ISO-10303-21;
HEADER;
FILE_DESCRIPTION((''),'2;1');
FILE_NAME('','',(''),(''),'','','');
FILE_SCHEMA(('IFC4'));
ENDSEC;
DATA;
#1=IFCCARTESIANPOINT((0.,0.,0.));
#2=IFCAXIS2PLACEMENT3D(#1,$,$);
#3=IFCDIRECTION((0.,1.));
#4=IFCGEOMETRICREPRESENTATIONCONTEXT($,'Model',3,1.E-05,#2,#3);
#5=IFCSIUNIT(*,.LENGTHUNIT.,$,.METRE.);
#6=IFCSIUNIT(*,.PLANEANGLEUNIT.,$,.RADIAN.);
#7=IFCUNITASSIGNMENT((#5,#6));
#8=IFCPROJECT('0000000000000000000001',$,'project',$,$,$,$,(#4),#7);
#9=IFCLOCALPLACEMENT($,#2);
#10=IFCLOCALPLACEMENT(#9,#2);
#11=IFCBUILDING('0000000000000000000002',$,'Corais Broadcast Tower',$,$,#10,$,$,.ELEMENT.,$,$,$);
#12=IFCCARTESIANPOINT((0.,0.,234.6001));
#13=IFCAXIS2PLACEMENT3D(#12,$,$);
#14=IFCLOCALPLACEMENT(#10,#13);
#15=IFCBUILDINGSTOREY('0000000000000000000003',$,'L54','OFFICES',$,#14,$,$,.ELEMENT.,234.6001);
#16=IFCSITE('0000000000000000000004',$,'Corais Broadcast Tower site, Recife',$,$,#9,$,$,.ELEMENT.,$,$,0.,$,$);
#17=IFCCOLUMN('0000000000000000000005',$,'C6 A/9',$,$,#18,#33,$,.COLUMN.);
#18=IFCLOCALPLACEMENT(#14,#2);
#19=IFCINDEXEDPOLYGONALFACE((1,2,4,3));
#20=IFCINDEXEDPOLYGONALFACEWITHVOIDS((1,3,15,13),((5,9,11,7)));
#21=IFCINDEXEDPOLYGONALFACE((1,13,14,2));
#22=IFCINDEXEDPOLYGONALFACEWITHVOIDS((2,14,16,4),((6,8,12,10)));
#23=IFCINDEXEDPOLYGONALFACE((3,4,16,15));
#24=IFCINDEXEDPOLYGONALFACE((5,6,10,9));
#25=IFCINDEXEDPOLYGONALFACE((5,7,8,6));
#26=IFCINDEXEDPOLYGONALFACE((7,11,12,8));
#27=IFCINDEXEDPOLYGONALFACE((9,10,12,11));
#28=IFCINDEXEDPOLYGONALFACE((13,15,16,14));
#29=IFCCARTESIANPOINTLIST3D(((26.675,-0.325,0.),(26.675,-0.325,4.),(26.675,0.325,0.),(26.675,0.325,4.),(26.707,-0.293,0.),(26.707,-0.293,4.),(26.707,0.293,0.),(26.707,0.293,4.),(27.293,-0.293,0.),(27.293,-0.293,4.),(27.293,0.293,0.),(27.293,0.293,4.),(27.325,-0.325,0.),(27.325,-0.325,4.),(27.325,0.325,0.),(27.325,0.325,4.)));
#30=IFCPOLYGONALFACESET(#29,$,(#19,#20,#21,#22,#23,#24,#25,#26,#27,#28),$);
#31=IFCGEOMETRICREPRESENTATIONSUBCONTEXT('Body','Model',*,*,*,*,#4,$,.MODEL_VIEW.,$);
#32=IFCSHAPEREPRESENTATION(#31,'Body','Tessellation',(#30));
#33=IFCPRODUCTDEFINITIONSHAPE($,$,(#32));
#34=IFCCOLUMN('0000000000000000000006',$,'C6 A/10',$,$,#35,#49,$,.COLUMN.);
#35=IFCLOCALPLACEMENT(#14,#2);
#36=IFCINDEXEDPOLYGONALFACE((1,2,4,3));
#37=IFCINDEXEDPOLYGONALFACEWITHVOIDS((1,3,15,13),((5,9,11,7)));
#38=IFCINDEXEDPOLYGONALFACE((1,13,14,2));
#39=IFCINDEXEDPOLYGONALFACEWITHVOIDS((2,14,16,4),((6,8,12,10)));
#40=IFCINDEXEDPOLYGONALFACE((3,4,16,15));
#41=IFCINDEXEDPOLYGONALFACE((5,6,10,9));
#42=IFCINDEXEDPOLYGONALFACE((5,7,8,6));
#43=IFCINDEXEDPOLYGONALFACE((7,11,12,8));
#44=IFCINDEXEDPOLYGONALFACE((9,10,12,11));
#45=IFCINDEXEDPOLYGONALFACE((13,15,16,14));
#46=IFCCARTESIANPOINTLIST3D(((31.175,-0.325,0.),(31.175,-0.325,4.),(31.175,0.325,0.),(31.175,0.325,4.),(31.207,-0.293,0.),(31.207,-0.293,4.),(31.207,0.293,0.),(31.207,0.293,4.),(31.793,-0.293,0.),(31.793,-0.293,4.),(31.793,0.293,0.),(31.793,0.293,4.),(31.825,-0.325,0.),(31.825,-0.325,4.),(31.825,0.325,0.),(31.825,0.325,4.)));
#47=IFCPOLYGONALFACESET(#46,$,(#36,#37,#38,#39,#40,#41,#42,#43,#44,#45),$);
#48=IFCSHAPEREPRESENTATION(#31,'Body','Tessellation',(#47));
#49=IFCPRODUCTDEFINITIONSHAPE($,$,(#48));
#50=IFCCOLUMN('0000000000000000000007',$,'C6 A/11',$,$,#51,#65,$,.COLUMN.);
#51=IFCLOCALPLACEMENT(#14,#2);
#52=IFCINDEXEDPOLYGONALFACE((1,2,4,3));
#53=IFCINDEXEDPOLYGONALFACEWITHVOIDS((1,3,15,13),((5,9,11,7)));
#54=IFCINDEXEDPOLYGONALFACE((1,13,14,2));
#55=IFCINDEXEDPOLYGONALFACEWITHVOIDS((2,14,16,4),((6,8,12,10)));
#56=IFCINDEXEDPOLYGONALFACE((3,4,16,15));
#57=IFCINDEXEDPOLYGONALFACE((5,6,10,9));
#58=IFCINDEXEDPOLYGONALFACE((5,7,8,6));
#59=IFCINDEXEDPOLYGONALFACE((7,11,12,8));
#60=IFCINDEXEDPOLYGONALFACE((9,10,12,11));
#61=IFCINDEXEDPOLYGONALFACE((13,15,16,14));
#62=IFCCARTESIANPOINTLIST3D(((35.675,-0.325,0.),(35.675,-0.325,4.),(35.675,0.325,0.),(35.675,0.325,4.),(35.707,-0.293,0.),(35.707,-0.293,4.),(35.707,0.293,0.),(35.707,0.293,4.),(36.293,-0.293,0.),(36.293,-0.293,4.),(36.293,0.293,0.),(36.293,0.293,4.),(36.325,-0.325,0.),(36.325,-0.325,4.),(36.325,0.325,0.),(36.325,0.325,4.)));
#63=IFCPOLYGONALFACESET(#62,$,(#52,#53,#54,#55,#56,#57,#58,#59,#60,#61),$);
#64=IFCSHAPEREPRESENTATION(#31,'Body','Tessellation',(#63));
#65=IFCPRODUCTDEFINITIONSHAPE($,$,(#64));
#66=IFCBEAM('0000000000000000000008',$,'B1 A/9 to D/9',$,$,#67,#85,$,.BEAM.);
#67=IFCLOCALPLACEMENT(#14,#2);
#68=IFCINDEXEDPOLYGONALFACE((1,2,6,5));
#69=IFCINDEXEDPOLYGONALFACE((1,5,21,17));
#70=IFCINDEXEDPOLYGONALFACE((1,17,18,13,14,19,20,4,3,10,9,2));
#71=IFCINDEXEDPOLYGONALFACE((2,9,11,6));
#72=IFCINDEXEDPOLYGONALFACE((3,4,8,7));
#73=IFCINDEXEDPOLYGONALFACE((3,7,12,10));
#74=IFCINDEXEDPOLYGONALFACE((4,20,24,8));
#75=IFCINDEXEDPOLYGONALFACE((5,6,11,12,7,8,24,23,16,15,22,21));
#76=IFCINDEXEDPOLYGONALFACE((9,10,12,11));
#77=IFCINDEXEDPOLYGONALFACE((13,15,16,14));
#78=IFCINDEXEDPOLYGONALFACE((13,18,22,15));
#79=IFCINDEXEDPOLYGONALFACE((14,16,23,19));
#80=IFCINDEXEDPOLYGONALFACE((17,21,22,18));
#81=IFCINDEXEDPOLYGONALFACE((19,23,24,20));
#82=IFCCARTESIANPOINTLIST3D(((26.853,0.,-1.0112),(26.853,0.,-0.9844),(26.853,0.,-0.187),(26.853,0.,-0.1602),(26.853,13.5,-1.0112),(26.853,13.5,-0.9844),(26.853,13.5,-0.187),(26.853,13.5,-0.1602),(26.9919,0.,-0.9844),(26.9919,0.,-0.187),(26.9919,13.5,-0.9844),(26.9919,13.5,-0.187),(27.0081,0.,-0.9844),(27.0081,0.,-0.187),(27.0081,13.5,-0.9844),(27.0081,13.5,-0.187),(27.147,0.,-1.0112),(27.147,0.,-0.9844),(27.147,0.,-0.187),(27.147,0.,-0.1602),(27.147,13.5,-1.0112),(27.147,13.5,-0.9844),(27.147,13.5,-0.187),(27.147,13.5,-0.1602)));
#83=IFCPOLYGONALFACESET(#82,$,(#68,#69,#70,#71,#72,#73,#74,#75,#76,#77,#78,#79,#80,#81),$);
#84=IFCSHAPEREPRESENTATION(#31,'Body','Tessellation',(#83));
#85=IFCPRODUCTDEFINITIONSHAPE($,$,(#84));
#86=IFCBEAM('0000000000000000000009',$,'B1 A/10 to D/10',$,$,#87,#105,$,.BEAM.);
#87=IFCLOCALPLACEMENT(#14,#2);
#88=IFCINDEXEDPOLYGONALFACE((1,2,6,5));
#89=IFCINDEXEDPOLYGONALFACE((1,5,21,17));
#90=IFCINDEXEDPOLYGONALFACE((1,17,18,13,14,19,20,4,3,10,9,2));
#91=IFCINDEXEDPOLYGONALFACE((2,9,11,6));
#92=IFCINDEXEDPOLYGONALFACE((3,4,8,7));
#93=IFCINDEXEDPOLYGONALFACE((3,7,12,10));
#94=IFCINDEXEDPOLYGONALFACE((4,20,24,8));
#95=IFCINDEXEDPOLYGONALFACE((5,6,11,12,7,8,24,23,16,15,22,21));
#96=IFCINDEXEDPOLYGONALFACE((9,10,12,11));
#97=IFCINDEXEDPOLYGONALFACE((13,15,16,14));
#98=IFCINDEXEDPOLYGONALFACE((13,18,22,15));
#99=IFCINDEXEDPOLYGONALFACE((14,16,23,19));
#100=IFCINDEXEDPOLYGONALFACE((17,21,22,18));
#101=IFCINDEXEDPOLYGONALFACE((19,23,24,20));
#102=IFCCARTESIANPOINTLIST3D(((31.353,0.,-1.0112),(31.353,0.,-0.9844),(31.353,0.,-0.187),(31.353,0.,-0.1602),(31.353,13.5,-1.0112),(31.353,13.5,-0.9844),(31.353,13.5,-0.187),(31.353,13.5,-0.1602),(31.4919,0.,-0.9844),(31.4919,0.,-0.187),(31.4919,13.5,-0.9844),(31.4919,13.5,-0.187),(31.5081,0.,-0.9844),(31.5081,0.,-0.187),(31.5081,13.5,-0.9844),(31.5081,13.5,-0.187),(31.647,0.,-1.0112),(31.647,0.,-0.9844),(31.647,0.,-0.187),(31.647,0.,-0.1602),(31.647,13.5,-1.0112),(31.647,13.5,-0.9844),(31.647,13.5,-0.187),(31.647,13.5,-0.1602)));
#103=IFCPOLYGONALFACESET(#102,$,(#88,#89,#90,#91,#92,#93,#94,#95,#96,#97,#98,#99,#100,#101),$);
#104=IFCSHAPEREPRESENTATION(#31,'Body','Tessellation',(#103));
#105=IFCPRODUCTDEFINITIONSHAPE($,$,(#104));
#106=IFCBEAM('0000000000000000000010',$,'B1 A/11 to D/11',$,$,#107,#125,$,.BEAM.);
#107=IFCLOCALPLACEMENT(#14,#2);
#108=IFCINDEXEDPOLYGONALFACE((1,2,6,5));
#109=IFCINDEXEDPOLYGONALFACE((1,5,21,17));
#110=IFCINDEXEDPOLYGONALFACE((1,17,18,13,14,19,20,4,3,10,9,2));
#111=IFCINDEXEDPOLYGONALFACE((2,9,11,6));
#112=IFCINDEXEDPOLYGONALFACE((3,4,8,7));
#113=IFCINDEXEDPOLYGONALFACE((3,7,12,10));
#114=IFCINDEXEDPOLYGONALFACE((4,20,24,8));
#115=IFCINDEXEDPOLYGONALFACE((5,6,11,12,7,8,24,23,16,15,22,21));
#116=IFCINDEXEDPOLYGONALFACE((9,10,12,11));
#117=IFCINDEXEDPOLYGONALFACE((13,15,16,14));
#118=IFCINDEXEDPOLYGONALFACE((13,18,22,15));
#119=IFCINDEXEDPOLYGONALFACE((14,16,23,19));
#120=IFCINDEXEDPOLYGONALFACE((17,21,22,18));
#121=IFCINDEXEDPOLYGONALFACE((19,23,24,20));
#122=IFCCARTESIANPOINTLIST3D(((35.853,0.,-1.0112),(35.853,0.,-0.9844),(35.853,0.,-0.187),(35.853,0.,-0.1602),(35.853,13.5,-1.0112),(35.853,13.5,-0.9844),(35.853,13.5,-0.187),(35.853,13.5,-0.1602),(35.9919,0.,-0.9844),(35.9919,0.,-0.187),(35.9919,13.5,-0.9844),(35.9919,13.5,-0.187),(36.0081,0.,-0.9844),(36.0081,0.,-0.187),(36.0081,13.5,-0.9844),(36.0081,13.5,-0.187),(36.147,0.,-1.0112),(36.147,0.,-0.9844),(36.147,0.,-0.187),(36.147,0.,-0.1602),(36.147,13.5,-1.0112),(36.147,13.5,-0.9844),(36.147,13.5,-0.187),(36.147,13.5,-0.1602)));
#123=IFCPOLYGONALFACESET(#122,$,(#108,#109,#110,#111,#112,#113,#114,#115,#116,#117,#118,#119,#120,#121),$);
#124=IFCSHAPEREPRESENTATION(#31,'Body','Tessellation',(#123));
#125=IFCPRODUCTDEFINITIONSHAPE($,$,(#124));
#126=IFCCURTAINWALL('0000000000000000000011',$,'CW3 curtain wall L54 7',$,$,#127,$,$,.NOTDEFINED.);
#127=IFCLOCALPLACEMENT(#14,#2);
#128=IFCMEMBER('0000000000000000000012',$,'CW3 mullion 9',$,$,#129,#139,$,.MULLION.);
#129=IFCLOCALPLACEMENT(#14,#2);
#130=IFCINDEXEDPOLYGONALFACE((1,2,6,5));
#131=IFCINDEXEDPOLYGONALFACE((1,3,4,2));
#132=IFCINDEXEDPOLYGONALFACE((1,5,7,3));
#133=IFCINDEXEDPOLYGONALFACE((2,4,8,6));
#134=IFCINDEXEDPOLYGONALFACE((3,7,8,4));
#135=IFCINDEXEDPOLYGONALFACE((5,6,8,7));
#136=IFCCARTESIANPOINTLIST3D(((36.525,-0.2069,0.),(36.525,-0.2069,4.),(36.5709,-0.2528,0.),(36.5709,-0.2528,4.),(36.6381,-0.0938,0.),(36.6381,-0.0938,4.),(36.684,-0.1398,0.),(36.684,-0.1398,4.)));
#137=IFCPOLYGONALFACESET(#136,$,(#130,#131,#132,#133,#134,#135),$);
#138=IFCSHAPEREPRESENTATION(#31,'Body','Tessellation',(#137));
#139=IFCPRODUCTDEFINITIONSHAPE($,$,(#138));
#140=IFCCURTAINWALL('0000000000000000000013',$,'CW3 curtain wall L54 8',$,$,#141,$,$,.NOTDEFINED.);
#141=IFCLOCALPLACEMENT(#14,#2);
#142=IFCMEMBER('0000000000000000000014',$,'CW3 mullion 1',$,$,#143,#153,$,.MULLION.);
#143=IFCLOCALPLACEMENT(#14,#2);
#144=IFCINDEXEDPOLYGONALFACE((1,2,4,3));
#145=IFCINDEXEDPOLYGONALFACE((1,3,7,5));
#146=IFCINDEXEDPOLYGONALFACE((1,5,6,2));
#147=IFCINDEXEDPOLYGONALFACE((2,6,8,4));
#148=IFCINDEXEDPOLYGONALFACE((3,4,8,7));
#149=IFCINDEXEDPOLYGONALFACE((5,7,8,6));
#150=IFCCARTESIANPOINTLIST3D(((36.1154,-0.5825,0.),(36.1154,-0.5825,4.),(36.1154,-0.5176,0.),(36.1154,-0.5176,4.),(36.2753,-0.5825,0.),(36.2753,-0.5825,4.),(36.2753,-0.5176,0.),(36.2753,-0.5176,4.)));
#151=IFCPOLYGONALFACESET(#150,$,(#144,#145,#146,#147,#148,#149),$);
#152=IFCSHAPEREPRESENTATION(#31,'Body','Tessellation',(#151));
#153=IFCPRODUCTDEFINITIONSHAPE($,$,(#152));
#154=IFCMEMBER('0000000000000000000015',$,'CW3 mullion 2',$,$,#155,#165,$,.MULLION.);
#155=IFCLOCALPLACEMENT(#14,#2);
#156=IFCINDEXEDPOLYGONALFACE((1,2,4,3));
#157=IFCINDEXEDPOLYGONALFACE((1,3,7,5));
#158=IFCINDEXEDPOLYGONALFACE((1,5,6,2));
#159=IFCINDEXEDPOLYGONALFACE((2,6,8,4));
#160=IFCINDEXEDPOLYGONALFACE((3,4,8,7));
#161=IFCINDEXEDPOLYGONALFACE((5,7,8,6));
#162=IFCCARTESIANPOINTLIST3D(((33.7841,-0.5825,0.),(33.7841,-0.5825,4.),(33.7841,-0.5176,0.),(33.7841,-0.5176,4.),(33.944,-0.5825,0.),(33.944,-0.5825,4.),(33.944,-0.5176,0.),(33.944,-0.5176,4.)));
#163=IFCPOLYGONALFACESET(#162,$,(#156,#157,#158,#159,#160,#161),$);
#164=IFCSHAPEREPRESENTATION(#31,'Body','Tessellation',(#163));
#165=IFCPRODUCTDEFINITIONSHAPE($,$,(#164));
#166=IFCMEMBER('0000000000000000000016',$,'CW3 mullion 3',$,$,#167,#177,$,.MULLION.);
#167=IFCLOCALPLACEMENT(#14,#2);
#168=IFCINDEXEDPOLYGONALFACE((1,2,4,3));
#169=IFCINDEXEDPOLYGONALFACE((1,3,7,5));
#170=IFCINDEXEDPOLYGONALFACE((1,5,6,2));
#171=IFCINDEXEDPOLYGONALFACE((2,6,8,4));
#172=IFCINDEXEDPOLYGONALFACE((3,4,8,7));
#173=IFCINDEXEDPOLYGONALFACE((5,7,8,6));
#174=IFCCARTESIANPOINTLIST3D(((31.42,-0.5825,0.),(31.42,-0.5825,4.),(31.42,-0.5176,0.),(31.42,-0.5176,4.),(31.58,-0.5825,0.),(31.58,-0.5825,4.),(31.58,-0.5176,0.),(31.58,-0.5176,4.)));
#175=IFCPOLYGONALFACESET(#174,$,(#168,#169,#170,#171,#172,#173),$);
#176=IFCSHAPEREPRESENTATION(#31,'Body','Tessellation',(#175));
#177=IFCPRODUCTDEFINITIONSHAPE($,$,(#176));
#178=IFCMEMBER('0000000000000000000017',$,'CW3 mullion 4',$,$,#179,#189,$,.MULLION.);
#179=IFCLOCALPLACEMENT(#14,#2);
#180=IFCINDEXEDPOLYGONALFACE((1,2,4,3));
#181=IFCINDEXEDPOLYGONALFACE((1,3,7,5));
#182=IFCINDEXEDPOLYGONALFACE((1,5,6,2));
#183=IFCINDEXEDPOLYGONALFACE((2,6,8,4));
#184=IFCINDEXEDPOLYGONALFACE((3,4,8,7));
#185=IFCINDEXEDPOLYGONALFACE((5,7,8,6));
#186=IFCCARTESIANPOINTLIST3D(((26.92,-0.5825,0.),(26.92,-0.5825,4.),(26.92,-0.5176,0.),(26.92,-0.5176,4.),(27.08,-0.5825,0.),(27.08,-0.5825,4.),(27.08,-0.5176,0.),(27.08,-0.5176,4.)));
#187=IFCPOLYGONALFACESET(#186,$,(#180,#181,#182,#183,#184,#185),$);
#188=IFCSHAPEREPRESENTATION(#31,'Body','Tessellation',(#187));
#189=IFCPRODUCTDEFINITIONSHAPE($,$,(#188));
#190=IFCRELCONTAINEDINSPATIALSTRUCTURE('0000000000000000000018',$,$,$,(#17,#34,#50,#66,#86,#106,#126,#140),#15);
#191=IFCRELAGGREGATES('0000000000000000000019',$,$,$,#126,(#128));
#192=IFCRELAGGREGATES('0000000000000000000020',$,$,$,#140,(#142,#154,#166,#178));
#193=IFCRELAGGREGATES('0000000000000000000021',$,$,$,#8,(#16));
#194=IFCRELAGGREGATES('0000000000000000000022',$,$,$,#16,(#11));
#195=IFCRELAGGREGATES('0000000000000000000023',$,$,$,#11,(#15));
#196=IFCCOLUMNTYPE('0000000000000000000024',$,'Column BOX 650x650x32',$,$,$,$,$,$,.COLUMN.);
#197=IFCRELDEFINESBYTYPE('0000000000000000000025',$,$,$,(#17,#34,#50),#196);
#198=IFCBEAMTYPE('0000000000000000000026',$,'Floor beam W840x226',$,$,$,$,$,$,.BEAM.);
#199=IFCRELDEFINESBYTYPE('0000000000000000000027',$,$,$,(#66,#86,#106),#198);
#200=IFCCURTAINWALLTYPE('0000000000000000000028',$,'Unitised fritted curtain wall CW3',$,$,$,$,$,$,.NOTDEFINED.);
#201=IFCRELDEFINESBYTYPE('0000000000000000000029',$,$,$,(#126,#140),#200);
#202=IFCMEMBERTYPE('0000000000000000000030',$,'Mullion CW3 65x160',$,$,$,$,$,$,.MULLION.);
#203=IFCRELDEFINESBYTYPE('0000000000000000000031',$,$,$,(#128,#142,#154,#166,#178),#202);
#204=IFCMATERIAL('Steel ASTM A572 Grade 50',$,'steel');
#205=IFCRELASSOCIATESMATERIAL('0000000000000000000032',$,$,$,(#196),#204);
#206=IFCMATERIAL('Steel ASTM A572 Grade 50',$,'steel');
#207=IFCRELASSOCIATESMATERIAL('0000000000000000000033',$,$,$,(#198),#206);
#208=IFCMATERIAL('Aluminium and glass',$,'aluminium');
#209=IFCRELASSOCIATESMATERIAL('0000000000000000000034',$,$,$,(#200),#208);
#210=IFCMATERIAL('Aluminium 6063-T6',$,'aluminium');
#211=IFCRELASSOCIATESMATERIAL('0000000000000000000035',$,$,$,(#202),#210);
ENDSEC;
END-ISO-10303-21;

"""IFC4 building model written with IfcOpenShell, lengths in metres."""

from ifc_helpers import new_model, si_unit, direction, frame, origin, origin_2d, place, context, subcontext, project, spatial, rectangle, hollow_rectangle, i_section, extrude, material, material_profile, profile_set, type_object, element, aggregate, save


model = new_model("IFC4")

# Units and contexts
model_context = context("Model", 3, precision=1e-05, world=origin(), true_north=direction((0.0, 1.0)))
body_context = subcontext(model_context, "Body", "Model", "MODEL_VIEW")
ifc_project = project(units=[si_unit("LENGTHUNIT", "METRE"), si_unit("PLANEANGLEUNIT", "RADIAN")], contexts=[model_context])

# Site, building, storey
site_placement = place(None, origin())
site = spatial("IfcSite", under=ifc_project, at=site_placement, Name="Corais Broadcast Tower site, Recife", CompositionType="ELEMENT", RefElevation=0.0)
building_placement = place(site_placement, origin())
building = spatial("IfcBuilding", under=site, at=building_placement, Name="Corais Broadcast Tower", CompositionType="ELEMENT")
storey_placement = place(building_placement, frame((0.0, 0.0, 234.6001)))
storey = spatial("IfcBuildingStorey", under=building, at=storey_placement, Name="L54", Description="OFFICES", CompositionType="ELEMENT", Elevation=234.6001)

# Columns
ifc_material_1 = material(Name="Steel ASTM A572 Grade 50", Category="steel")
ifc_material_profile_1 = material_profile(ifc_material_1, hollow_rectangle(XDim=0.6499, YDim=0.6499, WallThickness=0.032, at=origin_2d()), Name="BOX 650x650x32")
ifc_profile_set_1 = profile_set([ifc_material_profile_1], Name="Steel ASTM A572 Grade 50")
column_type = type_object("IfcColumnType", Name="Column BOX 650x650x32", PredefinedType="COLUMN", material=ifc_profile_set_1)
for number, where, z_axis, x_axis, name in (
    (1, (27.0, 0.0, 0.0), (0.0, 0.0, 1.0), (1.0, 0.0, 0.0), "C6 A/9"),
    (2, (31.5, 0.0, 0.0), (0.0, 0.0, 1.0), (1.0, 0.0, 0.0), "C6 A/10"),
    (3, (36.0, 0.0, 0.0), (0.0, 0.0, 1.0), (1.0, 0.0, 0.0), "C6 A/11"),
):
    element("IfcColumn", number, at=place(storey_placement, frame(where, z_axis=z_axis, x_axis=x_axis)), inside=storey, type_object=column_type, Name=name, PredefinedType="COLUMN", context=body_context, shape_type="SweptSolid", body=[
        extrude(hollow_rectangle(XDim=0.6499, YDim=0.6499, WallThickness=0.032, at=origin_2d()), origin(), (0.0, 0.0, 1.0), 4.0),
    ])

# Beams
ifc_material_2 = material(Name="Steel ASTM A572 Grade 50", Category="steel")
ifc_material_profile_2 = material_profile(ifc_material_2, i_section(OverallWidth=0.2939, OverallDepth=0.8511, WebThickness=0.0161, FlangeThickness=0.0269, at=origin_2d()), Name="W840x226")
ifc_profile_set_2 = profile_set([ifc_material_profile_2], Name="Steel ASTM A572 Grade 50")
beam_type_1 = type_object("IfcBeamType", Name="Floor beam W840x226", PredefinedType="BEAM", material=ifc_profile_set_2)
for number, where, z_axis, x_axis, name in (
    (4, (27.0, 0.0, -0.5857), (0.0, 1.0, 0.0), (-1.0, 0.0, 0.0), "B1 A/9 to D/9"),
    (5, (31.5, 0.0, -0.5857), (0.0, 1.0, 0.0), (-1.0, 0.0, 0.0), "B1 A/10 to D/10"),
    (6, (36.0, 0.0, -0.5857), (0.0, 1.0, 0.0), (-1.0, 0.0, 0.0), "B1 A/11 to D/11"),
):
    element("IfcBeam", number, at=place(storey_placement, frame(where, z_axis=z_axis, x_axis=x_axis)), inside=storey, type_object=beam_type_1, Name=name, PredefinedType="BEAM", context=body_context, shape_type="SweptSolid", body=[
        extrude(i_section(OverallWidth=0.2939, OverallDepth=0.8511, WebThickness=0.0161, FlangeThickness=0.0269, at=origin_2d()), origin(), (0.0, 0.0, 1.0), 13.5),
    ])

# Curtain wall, member
ifc_material_3 = material(Name="Aluminium and glass", Category="aluminium")
curtain_wall_type = type_object("IfcCurtainWallType", Name="Unitised fritted curtain wall CW3", PredefinedType="NOTDEFINED", material=ifc_material_3)
curtain_wall_1_placement = place(storey_placement, origin())
curtain_wall_1 = element("IfcCurtainWall", 7, at=curtain_wall_1_placement, inside=storey, type_object=curtain_wall_type, Name="CW3 curtain wall L54 7", PredefinedType="NOTDEFINED")
ifc_material_4 = material(Name="Aluminium 6063-T6", Category="aluminium")
ifc_material_profile_3 = material_profile(ifc_material_4, rectangle(XDim=0.0649, YDim=0.1599, at=origin_2d()), Name="Mullion CW3 65x160")
ifc_profile_set_3 = profile_set([ifc_material_profile_3], Name="Aluminium 6063-T6")
member_type_1 = type_object("IfcMemberType", Name="Mullion CW3 65x160", PredefinedType="MULLION", material=ifc_profile_set_3)
member_1_placement = place(storey_placement, frame((36.6045, -0.1733, 0.0), z_axis=(0.0, 0.0, 1.0), x_axis=(0.707107, -0.707107, 0.0)))
member_1 = element("IfcMember", 8, at=member_1_placement, type_object=member_type_1, Name="CW3 mullion 9", PredefinedType="MULLION", context=body_context, shape_type="SweptSolid", body=[
    extrude(rectangle(XDim=0.0649, YDim=0.1599, at=origin_2d()), origin(), (0.0, 0.0, 1.0), 4.0),
])
aggregate(curtain_wall_1, [member_1])

# Curtain wall, members
curtain_wall_2_placement = place(storey_placement, origin())
curtain_wall_2 = element("IfcCurtainWall", 9, at=curtain_wall_2_placement, inside=storey, type_object=curtain_wall_type, Name="CW3 curtain wall L54 8", PredefinedType="NOTDEFINED")
member_2_placement = place(storey_placement, frame((36.1953, -0.55, 0.0), z_axis=(0.0, 0.0, 1.0), x_axis=(0.0, -1.0, 0.0)))
member_2 = element("IfcMember", 10, at=member_2_placement, type_object=member_type_1, Name="CW3 mullion 1", PredefinedType="MULLION", context=body_context, shape_type="SweptSolid", body=[
    extrude(rectangle(XDim=0.0649, YDim=0.1599, at=origin_2d()), origin(), (0.0, 0.0, 1.0), 4.0),
])
member_3_placement = place(storey_placement, frame((33.864, -0.55, 0.0), z_axis=(0.0, 0.0, 1.0), x_axis=(0.0, -1.0, 0.0)))
member_3 = element("IfcMember", 11, at=member_3_placement, type_object=member_type_1, Name="CW3 mullion 2", PredefinedType="MULLION", context=body_context, shape_type="SweptSolid", body=[
    extrude(rectangle(XDim=0.0649, YDim=0.1599, at=origin_2d()), origin(), (0.0, 0.0, 1.0), 4.0),
])
member_4_placement = place(storey_placement, frame((31.5, -0.55, 0.0), z_axis=(0.0, 0.0, 1.0), x_axis=(0.0, -1.0, 0.0)))
member_4 = element("IfcMember", 12, at=member_4_placement, type_object=member_type_1, Name="CW3 mullion 3", PredefinedType="MULLION", context=body_context, shape_type="SweptSolid", body=[
    extrude(rectangle(XDim=0.0649, YDim=0.1599, at=origin_2d()), origin(), (0.0, 0.0, 1.0), 4.0),
])
member_5_placement = place(storey_placement, frame((27.0, -0.55, 0.0), z_axis=(0.0, 0.0, 1.0), x_axis=(0.0, -1.0, 0.0)))
member_5 = element("IfcMember", 13, at=member_5_placement, type_object=member_type_1, Name="CW3 mullion 4", PredefinedType="MULLION", context=body_context, shape_type="SweptSolid", body=[
    extrude(rectangle(XDim=0.0649, YDim=0.1599, at=origin_2d()), origin(), (0.0, 0.0, 1.0), 4.0),
])

aggregate(curtain_wall_2, [member_2, member_3, member_4, member_5])

save(model, "model.ifc")
